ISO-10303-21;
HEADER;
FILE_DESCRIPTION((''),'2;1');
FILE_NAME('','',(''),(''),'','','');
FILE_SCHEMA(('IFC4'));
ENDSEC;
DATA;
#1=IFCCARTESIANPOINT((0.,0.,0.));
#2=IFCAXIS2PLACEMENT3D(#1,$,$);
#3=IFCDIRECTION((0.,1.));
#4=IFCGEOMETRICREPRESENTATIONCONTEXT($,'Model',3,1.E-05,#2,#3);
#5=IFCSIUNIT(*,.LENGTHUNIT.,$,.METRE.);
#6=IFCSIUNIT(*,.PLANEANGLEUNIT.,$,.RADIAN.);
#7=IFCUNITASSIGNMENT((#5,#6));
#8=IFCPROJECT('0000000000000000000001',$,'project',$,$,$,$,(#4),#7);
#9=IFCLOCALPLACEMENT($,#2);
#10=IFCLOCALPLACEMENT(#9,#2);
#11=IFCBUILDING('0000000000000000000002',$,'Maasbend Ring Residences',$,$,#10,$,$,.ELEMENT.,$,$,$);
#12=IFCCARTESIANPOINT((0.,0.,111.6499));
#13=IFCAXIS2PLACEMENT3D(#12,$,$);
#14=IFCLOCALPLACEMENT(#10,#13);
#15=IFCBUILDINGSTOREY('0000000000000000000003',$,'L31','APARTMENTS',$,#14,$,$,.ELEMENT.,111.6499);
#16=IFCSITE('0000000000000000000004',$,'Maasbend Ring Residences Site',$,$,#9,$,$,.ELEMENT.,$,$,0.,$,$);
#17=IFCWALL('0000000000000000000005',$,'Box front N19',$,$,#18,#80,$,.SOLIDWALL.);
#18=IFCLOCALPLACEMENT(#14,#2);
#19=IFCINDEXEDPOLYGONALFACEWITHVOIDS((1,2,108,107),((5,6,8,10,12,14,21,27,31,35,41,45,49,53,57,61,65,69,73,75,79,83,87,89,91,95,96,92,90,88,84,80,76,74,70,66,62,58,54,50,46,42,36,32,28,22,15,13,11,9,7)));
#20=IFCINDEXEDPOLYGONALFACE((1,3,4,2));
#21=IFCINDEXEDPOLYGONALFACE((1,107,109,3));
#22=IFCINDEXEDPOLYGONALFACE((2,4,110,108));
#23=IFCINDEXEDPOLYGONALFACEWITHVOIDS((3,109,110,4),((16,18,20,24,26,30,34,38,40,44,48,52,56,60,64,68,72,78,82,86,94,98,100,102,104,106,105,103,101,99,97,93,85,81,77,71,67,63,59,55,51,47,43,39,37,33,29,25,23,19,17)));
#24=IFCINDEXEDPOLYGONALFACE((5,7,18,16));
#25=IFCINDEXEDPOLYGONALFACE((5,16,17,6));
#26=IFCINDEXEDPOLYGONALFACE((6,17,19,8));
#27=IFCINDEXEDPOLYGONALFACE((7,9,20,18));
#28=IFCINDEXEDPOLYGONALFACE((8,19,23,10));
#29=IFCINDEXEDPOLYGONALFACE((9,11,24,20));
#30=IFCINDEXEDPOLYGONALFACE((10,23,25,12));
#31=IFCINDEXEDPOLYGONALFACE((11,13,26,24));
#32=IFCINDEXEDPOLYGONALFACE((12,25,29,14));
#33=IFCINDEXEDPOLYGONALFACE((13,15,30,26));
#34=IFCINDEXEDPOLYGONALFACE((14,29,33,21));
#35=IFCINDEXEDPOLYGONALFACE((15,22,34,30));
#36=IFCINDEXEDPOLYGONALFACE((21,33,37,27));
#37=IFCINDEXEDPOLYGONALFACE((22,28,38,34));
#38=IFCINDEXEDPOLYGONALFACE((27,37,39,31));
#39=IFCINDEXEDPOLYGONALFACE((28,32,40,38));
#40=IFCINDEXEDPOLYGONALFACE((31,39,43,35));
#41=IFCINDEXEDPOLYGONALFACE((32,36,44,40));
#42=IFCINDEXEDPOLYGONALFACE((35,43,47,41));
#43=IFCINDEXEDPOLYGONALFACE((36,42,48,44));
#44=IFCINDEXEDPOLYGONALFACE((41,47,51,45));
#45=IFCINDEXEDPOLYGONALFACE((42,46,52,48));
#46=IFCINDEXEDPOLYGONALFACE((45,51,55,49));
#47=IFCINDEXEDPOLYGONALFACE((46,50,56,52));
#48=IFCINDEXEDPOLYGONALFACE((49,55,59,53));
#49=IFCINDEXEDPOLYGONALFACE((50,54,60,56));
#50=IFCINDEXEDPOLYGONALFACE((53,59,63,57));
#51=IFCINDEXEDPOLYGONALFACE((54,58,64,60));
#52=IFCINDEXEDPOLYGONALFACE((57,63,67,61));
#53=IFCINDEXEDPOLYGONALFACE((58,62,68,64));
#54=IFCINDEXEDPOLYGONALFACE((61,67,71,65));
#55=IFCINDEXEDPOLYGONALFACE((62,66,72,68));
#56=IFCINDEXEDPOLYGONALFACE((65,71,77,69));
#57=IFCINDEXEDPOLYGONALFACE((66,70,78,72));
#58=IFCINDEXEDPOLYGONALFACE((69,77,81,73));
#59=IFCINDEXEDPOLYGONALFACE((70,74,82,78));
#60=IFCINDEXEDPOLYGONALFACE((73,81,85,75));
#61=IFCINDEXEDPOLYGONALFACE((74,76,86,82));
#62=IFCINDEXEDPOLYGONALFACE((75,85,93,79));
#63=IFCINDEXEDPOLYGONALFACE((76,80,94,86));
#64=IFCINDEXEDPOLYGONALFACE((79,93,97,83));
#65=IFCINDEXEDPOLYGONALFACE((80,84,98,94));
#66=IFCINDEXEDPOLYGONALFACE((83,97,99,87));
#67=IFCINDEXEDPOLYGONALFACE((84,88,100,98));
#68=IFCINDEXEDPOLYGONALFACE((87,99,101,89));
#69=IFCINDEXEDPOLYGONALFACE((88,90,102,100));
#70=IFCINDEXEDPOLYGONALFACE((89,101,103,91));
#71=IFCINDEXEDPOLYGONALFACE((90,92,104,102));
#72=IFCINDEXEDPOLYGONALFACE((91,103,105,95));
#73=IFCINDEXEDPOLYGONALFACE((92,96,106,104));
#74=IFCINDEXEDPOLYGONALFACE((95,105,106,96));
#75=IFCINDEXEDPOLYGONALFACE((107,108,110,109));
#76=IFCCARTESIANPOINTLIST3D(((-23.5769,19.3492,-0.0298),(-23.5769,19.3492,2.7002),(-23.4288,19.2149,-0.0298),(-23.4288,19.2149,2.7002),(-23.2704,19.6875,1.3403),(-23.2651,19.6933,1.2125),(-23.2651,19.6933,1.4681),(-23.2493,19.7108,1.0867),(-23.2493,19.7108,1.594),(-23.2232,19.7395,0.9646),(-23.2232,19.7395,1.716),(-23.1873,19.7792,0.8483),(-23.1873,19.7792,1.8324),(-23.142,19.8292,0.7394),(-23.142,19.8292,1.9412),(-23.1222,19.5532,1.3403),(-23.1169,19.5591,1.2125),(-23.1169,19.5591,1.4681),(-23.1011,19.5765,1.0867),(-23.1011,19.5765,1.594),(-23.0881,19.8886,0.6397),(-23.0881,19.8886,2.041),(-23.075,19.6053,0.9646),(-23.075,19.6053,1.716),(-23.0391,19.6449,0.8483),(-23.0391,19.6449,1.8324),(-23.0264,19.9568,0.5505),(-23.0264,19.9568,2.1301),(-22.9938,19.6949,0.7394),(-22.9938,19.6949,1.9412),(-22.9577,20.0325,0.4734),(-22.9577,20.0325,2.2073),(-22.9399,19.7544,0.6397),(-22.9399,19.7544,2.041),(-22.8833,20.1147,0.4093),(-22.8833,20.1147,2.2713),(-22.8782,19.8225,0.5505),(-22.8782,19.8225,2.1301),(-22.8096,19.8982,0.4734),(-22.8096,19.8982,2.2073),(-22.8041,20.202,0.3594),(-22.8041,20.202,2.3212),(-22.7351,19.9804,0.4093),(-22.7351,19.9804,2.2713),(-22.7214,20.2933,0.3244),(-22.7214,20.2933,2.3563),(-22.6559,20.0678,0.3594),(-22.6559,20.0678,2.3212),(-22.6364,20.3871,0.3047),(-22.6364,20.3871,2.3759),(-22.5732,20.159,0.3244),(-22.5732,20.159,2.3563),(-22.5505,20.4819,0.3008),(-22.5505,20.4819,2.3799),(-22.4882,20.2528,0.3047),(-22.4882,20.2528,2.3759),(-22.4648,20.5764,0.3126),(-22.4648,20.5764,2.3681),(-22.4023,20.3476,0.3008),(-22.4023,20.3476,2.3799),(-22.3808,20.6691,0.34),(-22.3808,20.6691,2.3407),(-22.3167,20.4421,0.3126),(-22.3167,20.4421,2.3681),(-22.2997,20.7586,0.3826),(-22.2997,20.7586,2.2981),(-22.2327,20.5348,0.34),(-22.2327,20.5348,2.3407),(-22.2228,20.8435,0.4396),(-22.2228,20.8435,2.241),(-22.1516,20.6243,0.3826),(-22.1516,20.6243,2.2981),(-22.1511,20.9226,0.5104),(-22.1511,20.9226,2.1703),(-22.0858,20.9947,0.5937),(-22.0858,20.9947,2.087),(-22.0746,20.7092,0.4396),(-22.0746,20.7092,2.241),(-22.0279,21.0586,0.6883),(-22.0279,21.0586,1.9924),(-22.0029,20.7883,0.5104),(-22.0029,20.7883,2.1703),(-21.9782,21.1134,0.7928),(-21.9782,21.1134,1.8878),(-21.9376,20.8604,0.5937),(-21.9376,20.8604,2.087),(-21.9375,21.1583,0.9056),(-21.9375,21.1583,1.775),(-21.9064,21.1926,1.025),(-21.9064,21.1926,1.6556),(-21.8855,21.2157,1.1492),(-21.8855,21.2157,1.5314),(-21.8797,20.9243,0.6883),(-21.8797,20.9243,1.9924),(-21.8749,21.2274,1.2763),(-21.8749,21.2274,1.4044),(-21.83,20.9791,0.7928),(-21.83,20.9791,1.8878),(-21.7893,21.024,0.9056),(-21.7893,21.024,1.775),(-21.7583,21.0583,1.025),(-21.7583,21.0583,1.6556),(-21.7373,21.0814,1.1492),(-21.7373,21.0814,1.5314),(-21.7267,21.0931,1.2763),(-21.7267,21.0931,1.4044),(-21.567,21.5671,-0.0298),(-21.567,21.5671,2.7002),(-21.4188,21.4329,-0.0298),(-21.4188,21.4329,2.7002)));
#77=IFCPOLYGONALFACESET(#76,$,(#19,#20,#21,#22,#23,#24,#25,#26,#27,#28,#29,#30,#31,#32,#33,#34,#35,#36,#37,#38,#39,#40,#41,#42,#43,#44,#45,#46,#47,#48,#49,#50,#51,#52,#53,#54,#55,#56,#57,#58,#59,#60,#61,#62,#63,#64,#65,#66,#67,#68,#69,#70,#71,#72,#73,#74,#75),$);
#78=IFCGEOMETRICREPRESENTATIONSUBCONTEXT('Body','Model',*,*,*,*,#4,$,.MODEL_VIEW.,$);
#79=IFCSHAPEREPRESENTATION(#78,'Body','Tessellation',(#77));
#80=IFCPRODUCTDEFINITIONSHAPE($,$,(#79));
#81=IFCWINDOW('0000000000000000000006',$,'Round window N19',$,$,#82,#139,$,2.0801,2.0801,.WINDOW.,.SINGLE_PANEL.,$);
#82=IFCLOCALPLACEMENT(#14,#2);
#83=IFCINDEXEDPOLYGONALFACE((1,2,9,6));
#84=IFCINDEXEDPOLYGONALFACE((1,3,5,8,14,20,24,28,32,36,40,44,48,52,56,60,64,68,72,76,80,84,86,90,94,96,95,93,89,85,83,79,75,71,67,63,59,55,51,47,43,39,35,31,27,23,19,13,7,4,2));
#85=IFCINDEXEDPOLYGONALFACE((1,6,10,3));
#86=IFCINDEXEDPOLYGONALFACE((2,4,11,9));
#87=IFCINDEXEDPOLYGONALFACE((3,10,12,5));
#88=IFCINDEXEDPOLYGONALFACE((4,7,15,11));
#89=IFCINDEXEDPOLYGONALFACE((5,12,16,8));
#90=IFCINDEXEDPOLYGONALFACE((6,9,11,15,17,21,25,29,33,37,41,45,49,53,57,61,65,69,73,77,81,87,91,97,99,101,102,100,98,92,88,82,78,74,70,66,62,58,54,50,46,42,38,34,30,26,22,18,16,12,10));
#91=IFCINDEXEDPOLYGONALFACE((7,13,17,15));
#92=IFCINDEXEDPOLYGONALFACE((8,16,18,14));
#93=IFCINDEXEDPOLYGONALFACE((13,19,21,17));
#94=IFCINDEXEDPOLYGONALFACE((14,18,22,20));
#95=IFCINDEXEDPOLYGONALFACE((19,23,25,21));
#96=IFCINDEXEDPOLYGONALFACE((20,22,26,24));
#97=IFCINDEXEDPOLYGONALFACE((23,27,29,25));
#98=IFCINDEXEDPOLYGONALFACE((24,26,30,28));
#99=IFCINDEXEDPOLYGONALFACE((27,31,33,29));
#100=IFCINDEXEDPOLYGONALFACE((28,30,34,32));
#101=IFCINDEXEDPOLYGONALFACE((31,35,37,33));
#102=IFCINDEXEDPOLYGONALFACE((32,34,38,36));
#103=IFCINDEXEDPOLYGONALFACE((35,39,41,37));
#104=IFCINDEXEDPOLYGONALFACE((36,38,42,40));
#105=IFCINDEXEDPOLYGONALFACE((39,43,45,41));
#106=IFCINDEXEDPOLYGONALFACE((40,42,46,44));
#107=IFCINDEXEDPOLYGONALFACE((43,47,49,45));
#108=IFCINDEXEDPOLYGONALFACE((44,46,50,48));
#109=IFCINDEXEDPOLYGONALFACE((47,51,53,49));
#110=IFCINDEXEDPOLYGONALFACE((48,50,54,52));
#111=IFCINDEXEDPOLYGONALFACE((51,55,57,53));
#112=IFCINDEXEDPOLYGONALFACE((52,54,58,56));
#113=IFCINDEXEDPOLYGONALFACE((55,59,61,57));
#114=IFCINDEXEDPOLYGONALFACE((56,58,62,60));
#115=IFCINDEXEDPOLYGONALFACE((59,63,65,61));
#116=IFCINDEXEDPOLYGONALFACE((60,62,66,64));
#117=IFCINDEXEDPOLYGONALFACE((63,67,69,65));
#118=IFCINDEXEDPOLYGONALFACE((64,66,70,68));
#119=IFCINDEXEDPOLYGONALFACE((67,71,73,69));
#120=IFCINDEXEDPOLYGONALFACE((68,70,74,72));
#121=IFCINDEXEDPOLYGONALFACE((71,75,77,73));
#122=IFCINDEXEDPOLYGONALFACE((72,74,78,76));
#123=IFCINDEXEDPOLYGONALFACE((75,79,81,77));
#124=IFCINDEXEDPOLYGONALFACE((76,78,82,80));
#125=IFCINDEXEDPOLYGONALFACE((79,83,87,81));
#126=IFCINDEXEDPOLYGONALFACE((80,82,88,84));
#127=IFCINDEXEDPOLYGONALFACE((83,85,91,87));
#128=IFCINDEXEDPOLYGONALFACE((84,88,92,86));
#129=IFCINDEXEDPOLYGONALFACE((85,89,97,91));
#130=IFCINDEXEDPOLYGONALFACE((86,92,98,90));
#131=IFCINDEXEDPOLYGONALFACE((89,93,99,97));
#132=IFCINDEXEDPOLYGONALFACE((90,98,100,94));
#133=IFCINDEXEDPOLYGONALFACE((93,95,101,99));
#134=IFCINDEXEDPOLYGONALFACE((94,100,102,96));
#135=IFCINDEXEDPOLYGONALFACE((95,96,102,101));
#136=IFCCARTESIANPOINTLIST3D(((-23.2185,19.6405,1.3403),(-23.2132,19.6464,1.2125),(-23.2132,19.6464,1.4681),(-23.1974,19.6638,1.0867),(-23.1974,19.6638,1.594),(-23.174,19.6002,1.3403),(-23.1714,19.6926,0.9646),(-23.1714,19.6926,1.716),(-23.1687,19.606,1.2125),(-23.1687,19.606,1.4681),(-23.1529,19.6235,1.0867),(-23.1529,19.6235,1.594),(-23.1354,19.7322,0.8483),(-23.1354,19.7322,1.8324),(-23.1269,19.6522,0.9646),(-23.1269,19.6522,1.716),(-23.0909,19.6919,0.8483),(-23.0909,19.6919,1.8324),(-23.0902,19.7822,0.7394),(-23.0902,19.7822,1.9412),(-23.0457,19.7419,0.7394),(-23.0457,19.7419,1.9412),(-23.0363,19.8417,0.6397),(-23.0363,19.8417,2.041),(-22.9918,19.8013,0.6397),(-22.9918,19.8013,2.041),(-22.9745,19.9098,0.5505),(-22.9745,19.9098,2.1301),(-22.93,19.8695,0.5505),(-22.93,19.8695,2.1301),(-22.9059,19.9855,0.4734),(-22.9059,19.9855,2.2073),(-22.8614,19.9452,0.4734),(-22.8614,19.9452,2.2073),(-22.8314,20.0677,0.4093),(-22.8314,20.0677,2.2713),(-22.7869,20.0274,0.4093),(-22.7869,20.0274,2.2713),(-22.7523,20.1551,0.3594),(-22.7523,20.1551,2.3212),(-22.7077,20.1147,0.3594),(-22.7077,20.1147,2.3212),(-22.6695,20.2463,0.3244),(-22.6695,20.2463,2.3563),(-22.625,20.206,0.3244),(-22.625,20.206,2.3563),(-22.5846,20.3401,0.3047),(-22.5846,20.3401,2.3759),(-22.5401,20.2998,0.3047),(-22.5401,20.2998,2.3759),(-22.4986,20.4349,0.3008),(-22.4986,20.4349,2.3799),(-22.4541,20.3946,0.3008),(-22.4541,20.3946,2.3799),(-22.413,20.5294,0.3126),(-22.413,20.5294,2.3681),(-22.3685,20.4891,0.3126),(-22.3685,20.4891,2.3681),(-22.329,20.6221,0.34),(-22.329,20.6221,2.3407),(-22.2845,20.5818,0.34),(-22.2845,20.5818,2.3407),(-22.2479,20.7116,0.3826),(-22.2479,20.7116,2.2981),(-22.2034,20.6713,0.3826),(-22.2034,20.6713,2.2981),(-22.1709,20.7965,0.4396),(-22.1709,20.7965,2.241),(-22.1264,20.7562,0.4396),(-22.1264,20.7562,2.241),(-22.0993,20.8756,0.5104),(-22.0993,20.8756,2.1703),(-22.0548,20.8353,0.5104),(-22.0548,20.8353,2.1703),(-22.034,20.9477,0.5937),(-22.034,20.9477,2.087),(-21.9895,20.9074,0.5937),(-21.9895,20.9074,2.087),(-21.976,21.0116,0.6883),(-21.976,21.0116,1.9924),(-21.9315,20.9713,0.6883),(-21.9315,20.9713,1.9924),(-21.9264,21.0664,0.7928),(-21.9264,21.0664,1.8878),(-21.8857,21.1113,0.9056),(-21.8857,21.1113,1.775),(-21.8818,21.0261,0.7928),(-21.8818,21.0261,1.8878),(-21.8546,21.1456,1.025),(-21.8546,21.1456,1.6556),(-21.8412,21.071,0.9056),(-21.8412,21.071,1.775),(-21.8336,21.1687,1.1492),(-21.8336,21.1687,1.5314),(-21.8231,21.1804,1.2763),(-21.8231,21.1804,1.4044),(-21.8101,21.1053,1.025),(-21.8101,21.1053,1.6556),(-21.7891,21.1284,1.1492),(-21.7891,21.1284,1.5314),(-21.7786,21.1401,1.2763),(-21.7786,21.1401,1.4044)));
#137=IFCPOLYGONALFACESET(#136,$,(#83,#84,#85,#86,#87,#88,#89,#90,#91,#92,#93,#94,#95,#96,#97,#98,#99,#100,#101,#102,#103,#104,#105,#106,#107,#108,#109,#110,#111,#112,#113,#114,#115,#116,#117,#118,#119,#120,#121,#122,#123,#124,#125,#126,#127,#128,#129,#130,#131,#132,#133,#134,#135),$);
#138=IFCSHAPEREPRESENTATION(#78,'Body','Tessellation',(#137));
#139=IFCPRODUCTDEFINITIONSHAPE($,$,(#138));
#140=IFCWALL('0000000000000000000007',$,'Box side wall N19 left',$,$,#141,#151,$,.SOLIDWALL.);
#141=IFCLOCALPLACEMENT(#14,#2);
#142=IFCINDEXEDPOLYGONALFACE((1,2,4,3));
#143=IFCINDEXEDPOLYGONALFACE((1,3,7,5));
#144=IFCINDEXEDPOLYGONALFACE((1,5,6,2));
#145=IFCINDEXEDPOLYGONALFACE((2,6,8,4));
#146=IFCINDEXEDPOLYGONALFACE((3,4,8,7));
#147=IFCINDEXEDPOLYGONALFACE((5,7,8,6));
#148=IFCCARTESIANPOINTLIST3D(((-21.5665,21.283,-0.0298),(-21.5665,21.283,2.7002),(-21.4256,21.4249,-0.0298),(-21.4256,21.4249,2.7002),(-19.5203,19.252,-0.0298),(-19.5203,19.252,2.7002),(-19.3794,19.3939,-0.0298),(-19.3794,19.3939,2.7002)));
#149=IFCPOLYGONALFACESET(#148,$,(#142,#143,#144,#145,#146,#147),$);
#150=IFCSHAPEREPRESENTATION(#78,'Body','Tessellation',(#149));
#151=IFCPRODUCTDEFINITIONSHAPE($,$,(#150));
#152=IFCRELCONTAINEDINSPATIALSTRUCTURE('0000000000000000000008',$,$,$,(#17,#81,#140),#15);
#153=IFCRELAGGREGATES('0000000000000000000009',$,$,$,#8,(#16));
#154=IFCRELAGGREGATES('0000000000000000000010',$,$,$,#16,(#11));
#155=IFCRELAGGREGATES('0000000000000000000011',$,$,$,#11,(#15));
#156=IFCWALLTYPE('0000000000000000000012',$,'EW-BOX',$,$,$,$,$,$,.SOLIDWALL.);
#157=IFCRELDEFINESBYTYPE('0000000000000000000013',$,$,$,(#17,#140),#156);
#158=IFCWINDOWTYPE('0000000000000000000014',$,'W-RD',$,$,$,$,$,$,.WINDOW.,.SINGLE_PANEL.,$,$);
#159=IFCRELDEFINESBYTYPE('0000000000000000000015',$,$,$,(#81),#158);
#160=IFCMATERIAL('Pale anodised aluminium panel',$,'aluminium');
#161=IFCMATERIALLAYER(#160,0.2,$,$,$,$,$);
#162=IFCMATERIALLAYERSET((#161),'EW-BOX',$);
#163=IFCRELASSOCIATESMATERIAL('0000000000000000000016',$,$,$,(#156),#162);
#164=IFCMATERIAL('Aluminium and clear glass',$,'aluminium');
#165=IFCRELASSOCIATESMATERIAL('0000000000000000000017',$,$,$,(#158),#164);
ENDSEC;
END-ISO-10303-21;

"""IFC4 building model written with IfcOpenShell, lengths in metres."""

from ifc_helpers import new_model, si_unit, direction, frame, frame_2d, origin, place, context, subcontext, project, spatial, rectangle, circle, extrude, material, layer, layer_set, type_object, element, fill, save


model = new_model("IFC4")

# Units and contexts
model_context = context("Model", 3, precision=1e-05, world=origin(), true_north=direction((0.0, 1.0)))
body_context = subcontext(model_context, "Body", "Model", "MODEL_VIEW")
ifc_project = project(units=[si_unit("LENGTHUNIT", "METRE"), si_unit("PLANEANGLEUNIT", "RADIAN")], contexts=[model_context])

# Site, building, storey
site_placement = place(None, origin())
site = spatial("IfcSite", under=ifc_project, at=site_placement, Name="Maasbend Ring Residences Site", CompositionType="ELEMENT", RefElevation=0.0)
building_placement = place(site_placement, origin())
building = spatial("IfcBuilding", under=site, at=building_placement, Name="Maasbend Ring Residences", CompositionType="ELEMENT")
storey_placement = place(building_placement, frame((0.0, 0.0, 111.6499)))
storey = spatial("IfcBuildingStorey", under=building, at=storey_placement, Name="L31", Description="APARTMENTS", CompositionType="ELEMENT", Elevation=111.6499)

# Shared definitions
ifc_material_1 = material(Name="Pale anodised aluminium panel", Category="aluminium")
ifc_layer_1 = layer(ifc_material_1, 0.2)
ifc_layer_set_1 = layer_set([ifc_layer_1], Name="EW-BOX")
wall_type_1 = type_object("IfcWallType", Name="EW-BOX", PredefinedType="SOLIDWALL", material=ifc_layer_set_1)
ifc_material_2 = material(Name="Aluminium and clear glass", Category="aluminium")
window_type_1 = type_object("IfcWindowType", Name="W-RD", PartitioningType="SINGLE_PANEL", PredefinedType="WINDOW", material=ifc_material_2)

# Wall, opening, window
wall_1_placement = place(storey_placement, frame((-21.4929, 21.5, -0.0298), z_axis=(0.0, 0.0, 1.0), x_axis=(-0.671507, -0.740998, 0.0)))
wall_1 = element("IfcWall", 1, at=wall_1_placement, inside=storey, type_object=wall_type_1, Name="Box front N19", PredefinedType="SOLIDWALL", context=body_context, shape_type="SweptSolid", body=[
    extrude(rectangle(XDim=2.9932, YDim=0.2, at=frame_2d((1.4966, 0.0))), origin(), (0.0, 0.0, 1.0), 2.73),
])
opening_1_placement = place(wall_1_placement, frame((0.4565, 0.0, 0.3301)))
opening_1 = element("IfcOpeningElement", 2, at=opening_1_placement, cuts=wall_1, PredefinedType="OPENING", context=body_context, shape_type="SweptSolid", body=[
    extrude(circle(Radius=1.04, at=frame_2d((1.04, 1.04))), frame((0.0, 0.1099, 0.0), z_axis=(0.0, -1.0, 0.0), x_axis=(1.0, 0.0, 0.0)), (0.0, 0.0, 1.0), 0.22),
])
window_1_placement = place(opening_1_placement, origin())
window_1 = element("IfcWindow", 3, at=window_1_placement, inside=storey, type_object=window_type_1, Name="Round window N19", OverallHeight=2.0801, OverallWidth=2.0801, PartitioningType="SINGLE_PANEL", PredefinedType="WINDOW", context=body_context, shape_type="SweptSolid", body=[
    extrude(circle(Radius=1.04, at=frame_2d((1.04, 1.04))), frame((0.0, 0.03, 0.0), z_axis=(0.0, -1.0, 0.0), x_axis=(1.0, 0.0, 0.0)), (0.0, 0.0, 1.0), 0.0601),
])
fill(opening_1, window_1)

# Wall
wall_2_placement = place(storey_placement, frame((-19.45, 19.323, -0.0298), z_axis=(0.0, 0.0, 1.0), x_axis=(-0.709727, 0.704477, 0.0)))
element("IfcWall", 4, at=wall_2_placement, inside=storey, type_object=wall_type_1, Name="Box side wall N19 left", PredefinedType="SOLIDWALL", context=body_context, shape_type="SweptSolid", body=[
    extrude(rectangle(XDim=2.8831, YDim=0.2, at=frame_2d((1.4414, 0.0))), origin(), (0.0, 0.0, 1.0), 2.73),
])

save(model, "model.ifc")
